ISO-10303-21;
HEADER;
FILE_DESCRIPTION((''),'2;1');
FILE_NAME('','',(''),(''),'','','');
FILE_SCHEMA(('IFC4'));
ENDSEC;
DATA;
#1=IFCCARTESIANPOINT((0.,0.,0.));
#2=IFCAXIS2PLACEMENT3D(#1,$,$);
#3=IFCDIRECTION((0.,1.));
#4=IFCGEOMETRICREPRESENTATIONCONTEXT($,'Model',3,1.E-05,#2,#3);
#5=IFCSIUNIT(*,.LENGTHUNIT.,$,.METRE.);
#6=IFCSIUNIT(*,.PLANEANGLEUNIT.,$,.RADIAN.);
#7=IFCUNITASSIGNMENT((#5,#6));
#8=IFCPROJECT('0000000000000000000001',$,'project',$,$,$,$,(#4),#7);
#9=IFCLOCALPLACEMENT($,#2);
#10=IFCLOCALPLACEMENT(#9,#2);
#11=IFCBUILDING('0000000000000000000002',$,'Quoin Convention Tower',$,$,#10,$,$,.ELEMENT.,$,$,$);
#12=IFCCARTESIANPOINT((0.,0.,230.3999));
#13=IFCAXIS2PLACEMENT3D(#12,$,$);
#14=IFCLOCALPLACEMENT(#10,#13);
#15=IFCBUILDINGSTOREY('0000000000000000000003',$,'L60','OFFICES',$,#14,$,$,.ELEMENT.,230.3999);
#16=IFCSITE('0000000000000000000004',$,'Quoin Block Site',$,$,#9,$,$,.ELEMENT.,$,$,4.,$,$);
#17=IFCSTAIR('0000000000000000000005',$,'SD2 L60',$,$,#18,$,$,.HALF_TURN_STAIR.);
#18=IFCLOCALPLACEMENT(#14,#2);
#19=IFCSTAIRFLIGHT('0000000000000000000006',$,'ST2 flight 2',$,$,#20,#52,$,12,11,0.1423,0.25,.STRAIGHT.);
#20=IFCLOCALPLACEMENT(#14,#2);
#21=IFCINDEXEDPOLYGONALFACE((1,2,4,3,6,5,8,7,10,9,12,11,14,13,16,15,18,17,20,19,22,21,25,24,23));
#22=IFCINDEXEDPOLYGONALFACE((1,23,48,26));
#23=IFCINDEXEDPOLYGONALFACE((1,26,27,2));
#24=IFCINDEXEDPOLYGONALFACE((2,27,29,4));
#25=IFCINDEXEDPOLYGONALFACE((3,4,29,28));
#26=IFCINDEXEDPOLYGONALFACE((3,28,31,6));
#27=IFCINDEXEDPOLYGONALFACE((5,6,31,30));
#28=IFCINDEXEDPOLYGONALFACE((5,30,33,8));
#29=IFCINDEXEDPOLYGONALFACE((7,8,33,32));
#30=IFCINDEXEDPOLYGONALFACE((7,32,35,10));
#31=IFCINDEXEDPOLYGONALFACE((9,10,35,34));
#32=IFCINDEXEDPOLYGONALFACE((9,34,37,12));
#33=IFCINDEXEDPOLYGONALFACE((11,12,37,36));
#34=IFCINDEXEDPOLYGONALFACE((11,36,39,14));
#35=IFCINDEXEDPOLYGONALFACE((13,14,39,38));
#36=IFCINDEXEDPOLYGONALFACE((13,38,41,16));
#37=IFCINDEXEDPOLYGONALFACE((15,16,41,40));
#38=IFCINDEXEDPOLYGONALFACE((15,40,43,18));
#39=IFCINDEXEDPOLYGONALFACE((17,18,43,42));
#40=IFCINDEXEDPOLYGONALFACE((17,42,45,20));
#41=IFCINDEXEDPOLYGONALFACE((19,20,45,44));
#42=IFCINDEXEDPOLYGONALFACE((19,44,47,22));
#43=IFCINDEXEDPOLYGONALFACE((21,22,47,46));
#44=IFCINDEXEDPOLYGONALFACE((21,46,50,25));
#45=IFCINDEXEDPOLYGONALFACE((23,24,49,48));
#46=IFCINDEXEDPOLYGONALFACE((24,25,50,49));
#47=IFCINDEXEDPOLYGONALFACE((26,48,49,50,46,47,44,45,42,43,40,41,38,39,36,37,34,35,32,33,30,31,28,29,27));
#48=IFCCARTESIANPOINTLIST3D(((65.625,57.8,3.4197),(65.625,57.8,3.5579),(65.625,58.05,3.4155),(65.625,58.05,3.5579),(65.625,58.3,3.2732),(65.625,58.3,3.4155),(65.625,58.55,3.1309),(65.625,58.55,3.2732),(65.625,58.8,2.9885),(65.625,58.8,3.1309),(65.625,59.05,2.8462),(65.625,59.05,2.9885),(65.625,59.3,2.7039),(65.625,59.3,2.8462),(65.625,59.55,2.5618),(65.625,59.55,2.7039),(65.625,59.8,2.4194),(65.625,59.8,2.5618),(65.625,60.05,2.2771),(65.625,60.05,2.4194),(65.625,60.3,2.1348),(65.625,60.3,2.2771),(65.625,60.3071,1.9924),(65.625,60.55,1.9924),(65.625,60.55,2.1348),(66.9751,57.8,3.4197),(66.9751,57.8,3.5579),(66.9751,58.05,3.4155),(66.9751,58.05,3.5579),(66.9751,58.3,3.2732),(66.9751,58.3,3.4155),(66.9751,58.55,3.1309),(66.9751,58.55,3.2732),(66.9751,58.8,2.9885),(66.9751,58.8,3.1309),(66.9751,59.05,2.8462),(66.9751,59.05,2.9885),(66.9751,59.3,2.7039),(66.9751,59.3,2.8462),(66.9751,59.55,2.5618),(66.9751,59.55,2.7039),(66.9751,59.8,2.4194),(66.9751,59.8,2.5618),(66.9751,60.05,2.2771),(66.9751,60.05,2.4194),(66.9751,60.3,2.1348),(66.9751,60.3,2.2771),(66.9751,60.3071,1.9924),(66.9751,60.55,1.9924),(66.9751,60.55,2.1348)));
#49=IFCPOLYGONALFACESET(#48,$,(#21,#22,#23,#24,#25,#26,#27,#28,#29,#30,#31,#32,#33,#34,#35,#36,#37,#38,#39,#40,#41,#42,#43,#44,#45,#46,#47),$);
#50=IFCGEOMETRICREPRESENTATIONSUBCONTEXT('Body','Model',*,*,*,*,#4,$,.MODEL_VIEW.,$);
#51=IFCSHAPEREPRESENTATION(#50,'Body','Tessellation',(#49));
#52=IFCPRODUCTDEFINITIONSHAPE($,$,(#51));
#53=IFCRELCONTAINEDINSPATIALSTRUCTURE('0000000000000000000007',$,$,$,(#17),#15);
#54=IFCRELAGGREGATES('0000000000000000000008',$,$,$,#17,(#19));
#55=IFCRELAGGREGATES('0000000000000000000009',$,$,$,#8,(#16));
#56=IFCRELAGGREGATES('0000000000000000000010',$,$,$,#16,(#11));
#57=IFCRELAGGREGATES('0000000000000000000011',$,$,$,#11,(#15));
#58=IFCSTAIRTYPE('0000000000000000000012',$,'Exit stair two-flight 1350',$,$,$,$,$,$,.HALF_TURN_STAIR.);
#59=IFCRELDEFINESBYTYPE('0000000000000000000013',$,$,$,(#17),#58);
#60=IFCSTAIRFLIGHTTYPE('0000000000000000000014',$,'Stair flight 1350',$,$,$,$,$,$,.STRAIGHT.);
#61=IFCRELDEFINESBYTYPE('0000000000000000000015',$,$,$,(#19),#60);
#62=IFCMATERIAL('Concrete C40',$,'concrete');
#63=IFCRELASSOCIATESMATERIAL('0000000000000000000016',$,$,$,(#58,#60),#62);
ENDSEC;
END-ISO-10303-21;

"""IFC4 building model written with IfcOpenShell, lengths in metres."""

from ifc_helpers import new_model, si_unit, direction, frame, origin, place, context, subcontext, project, spatial, polyline, outline, extrude, material, type_object, element, aggregate, save


model = new_model("IFC4")

# Units and contexts
model_context = context("Model", 3, precision=1e-05, world=origin(), true_north=direction((0.0, 1.0)))
body_context = subcontext(model_context, "Body", "Model", "MODEL_VIEW")
ifc_project = project(units=[si_unit("LENGTHUNIT", "METRE"), si_unit("PLANEANGLEUNIT", "RADIAN")], contexts=[model_context])

# Site, building, storey
site_placement = place(None, origin())
site = spatial("IfcSite", under=ifc_project, at=site_placement, Name="Quoin Block Site", CompositionType="ELEMENT", RefElevation=4.0)
building_placement = place(site_placement, origin())
building = spatial("IfcBuilding", under=site, at=building_placement, Name="Quoin Convention Tower", CompositionType="ELEMENT")
storey_placement = place(building_placement, frame((0.0, 0.0, 230.3999)))
storey = spatial("IfcBuildingStorey", under=building, at=storey_placement, Name="L60", Description="OFFICES", CompositionType="ELEMENT", Elevation=230.3999)

# Stair, stair flight
ifc_material_1 = material(Name="Concrete C40", Category="concrete")
stair_type = type_object("IfcStairType", Name="Exit stair two-flight 1350", PredefinedType="HALF_TURN_STAIR", material=ifc_material_1)
stair_placement = place(storey_placement, origin())
stair = element("IfcStair", 1, at=stair_placement, inside=storey, type_object=stair_type, Name="SD2 L60", PredefinedType="HALF_TURN_STAIR")
stair_flight_type = type_object("IfcStairFlightType", Name="Stair flight 1350", PredefinedType="STRAIGHT", material=ifc_material_1)
stair_flight_placement = place(storey_placement, frame((66.3, 60.55, 1.9924), z_axis=(0.0, 0.0, 1.0), x_axis=(0.0, -1.0, 0.0)))
stair_flight = element("IfcStairFlight", 2, at=stair_flight_placement, type_object=stair_flight_type, Name="ST2 flight 2", NumberOfRisers=12, NumberOfTreads=11, PredefinedType="STRAIGHT", RiserHeight=0.1423, TreadLength=0.25, context=body_context, shape_type="SweptSolid", body=[
    extrude(outline(polyline([(0.0, 0.0), (0.0, 0.1423), (0.25, 0.1423), (0.25, 0.2847), (0.5, 0.2847), (0.5, 0.427), (0.75, 0.427), (0.75, 0.5693), (1.0, 0.5693), (1.0, 0.7114), (1.25, 0.7114), (1.25, 0.8538), (1.5, 0.8538), (1.5, 0.9961), (1.75, 0.9961), (1.75, 1.1384), (2.0, 1.1384), (2.0, 1.2808), (2.25, 1.2808), (2.25, 1.4231), (2.5, 1.4231), (2.5, 1.5654), (2.75, 1.5654), (2.75, 1.7078), (2.75, 1.4272), (0.2429, 0.0), (0.0, 0.0)])), frame((0.0, 0.675, 0.0), z_axis=(0.0, -1.0, 0.0), x_axis=(1.0, 0.0, 0.0)), (0.0, 0.0, 1.0), 1.3501),
])
aggregate(stair, [stair_flight])

save(model, "model.ifc")
